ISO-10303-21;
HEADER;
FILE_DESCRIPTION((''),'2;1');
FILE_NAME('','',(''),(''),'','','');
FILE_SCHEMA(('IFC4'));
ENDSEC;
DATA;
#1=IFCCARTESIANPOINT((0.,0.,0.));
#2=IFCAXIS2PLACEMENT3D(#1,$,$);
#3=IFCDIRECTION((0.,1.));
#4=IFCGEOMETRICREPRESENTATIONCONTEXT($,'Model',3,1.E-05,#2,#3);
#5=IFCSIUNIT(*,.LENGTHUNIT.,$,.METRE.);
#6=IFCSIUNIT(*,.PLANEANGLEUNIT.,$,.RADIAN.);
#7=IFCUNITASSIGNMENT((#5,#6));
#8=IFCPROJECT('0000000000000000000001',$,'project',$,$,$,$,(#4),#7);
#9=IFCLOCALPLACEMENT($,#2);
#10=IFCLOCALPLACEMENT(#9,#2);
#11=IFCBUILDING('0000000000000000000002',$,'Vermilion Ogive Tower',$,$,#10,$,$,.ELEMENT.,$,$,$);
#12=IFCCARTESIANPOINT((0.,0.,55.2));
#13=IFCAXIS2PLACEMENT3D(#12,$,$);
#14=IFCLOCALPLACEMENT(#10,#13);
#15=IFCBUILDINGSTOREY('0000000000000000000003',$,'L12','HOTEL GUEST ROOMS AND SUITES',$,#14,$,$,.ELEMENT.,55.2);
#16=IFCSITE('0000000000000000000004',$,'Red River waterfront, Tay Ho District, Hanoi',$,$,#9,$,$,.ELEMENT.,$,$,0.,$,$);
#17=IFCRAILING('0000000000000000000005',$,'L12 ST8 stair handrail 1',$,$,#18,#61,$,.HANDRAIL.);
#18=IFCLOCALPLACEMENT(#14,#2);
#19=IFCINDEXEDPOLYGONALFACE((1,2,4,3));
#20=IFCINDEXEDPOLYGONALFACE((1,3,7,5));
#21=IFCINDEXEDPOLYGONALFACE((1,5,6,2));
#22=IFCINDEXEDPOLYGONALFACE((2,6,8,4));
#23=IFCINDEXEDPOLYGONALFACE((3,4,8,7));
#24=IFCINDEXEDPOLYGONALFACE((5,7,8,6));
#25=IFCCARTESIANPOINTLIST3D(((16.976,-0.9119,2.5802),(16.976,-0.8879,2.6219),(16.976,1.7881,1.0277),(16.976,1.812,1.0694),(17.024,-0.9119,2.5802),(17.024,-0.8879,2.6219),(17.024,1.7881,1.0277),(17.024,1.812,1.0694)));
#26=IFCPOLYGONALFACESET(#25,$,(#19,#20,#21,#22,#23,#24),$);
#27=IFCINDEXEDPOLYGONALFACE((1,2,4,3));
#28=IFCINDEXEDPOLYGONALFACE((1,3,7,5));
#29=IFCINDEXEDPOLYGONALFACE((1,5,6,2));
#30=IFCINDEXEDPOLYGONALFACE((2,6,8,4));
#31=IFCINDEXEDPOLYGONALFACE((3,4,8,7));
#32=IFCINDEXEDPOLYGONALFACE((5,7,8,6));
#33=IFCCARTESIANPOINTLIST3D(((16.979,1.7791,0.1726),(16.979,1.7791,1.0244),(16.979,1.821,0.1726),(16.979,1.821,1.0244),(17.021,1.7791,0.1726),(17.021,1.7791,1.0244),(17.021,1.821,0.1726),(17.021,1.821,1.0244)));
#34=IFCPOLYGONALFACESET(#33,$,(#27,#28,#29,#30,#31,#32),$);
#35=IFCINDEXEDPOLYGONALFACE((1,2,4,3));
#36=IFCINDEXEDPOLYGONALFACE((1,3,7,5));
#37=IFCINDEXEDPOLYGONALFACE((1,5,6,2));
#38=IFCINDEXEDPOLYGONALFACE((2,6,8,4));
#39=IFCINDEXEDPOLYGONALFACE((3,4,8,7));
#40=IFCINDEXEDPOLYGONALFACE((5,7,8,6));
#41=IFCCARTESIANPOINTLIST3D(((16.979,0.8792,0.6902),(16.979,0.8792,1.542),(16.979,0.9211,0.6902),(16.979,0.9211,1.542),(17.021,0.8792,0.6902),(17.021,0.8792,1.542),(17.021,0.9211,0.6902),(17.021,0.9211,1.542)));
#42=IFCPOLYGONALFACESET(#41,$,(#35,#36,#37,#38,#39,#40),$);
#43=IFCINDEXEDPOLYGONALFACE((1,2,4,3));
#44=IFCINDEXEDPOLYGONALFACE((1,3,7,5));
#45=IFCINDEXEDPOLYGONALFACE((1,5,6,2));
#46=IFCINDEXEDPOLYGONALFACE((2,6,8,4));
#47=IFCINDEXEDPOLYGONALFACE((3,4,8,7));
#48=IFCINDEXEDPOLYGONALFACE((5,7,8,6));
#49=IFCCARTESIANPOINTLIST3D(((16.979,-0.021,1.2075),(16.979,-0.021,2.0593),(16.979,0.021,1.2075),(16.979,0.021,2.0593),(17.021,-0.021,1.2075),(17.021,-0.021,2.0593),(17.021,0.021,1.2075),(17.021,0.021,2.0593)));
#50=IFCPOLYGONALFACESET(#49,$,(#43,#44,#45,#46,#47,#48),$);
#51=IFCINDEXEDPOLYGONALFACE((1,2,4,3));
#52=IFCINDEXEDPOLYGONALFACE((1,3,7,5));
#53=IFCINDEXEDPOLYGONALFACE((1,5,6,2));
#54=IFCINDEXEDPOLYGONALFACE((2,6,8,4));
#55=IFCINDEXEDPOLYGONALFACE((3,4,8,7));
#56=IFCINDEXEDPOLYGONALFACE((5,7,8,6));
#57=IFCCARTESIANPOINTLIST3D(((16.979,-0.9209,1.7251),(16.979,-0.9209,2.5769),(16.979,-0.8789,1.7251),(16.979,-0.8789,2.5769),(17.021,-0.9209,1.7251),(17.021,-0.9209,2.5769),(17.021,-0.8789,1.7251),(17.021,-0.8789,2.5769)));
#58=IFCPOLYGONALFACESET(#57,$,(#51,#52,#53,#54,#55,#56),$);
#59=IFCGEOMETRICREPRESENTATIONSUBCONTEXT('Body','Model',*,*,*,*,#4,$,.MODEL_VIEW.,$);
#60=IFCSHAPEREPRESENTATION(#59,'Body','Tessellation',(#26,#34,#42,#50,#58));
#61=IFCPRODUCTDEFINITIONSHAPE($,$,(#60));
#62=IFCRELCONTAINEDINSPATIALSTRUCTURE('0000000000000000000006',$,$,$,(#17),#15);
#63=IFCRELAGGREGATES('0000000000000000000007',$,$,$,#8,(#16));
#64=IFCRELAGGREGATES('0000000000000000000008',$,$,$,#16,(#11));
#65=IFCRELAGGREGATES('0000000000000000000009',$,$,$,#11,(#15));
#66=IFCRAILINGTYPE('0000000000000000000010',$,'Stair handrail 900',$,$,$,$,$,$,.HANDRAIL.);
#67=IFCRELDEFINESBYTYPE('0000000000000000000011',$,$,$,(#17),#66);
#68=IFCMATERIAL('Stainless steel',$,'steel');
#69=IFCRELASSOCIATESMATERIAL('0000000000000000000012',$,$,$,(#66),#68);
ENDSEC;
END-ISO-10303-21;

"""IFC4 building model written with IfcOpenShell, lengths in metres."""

from ifc_helpers import new_model, si_unit, direction, frame, origin, origin_2d, place, context, subcontext, project, spatial, rectangle, extrude, material, type_object, element, save


model = new_model("IFC4")

# Units and contexts
model_context = context("Model", 3, precision=1e-05, world=origin(), true_north=direction((0.0, 1.0)))
body_context = subcontext(model_context, "Body", "Model", "MODEL_VIEW")
ifc_project = project(units=[si_unit("LENGTHUNIT", "METRE"), si_unit("PLANEANGLEUNIT", "RADIAN")], contexts=[model_context])

# Site, building, storey
site_placement = place(None, origin())
site = spatial("IfcSite", under=ifc_project, at=site_placement, Name="Red River waterfront, Tay Ho District, Hanoi", CompositionType="ELEMENT", RefElevation=0.0)
building_placement = place(site_placement, origin())
building = spatial("IfcBuilding", under=site, at=building_placement, Name="Vermilion Ogive Tower", CompositionType="ELEMENT")
storey_placement = place(building_placement, frame((0.0, 0.0, 55.2)))
storey = spatial("IfcBuildingStorey", under=building, at=storey_placement, Name="L12", Description="HOTEL GUEST ROOMS AND SUITES", CompositionType="ELEMENT", Elevation=55.2)

# Railing
ifc_material_1 = material(Name="Stainless steel", Category="steel")
railing_type = type_object("IfcRailingType", Name="Stair handrail 900", PredefinedType="HANDRAIL", material=ifc_material_1)
railing_placement = place(storey_placement, frame((17.0, 1.8, 0.1726)))
element("IfcRailing", 1, at=railing_placement, inside=storey, type_object=railing_type, Name="L12 ST8 stair handrail 1", PredefinedType="HANDRAIL", context=body_context, shape_type="SweptSolid", body=[
    extrude(rectangle(XDim=0.0481, YDim=0.0481, at=origin_2d()), frame((0.0, 0.0, 0.876), z_axis=(0.0, -0.866904, 0.498476), x_axis=(1.0, 0.0, 0.0)), (0.0, 0.0, 1.0), 3.1145),
    extrude(rectangle(XDim=0.042, YDim=0.042, at=origin_2d()), origin(), (0.0, 0.0, 1.0), 0.8518),
    extrude(rectangle(XDim=0.042, YDim=0.042, at=origin_2d()), frame((0.0, -0.8999, 0.5176)), (0.0, 0.0, 1.0), 0.8518),
    extrude(rectangle(XDim=0.042, YDim=0.042, at=origin_2d()), frame((0.0, -1.8, 1.0349)), (0.0, 0.0, 1.0), 0.8518),
    extrude(rectangle(XDim=0.042, YDim=0.042, at=origin_2d()), frame((0.0, -2.7, 1.5525)), (0.0, 0.0, 1.0), 0.8518),
])

save(model, "model.ifc")
